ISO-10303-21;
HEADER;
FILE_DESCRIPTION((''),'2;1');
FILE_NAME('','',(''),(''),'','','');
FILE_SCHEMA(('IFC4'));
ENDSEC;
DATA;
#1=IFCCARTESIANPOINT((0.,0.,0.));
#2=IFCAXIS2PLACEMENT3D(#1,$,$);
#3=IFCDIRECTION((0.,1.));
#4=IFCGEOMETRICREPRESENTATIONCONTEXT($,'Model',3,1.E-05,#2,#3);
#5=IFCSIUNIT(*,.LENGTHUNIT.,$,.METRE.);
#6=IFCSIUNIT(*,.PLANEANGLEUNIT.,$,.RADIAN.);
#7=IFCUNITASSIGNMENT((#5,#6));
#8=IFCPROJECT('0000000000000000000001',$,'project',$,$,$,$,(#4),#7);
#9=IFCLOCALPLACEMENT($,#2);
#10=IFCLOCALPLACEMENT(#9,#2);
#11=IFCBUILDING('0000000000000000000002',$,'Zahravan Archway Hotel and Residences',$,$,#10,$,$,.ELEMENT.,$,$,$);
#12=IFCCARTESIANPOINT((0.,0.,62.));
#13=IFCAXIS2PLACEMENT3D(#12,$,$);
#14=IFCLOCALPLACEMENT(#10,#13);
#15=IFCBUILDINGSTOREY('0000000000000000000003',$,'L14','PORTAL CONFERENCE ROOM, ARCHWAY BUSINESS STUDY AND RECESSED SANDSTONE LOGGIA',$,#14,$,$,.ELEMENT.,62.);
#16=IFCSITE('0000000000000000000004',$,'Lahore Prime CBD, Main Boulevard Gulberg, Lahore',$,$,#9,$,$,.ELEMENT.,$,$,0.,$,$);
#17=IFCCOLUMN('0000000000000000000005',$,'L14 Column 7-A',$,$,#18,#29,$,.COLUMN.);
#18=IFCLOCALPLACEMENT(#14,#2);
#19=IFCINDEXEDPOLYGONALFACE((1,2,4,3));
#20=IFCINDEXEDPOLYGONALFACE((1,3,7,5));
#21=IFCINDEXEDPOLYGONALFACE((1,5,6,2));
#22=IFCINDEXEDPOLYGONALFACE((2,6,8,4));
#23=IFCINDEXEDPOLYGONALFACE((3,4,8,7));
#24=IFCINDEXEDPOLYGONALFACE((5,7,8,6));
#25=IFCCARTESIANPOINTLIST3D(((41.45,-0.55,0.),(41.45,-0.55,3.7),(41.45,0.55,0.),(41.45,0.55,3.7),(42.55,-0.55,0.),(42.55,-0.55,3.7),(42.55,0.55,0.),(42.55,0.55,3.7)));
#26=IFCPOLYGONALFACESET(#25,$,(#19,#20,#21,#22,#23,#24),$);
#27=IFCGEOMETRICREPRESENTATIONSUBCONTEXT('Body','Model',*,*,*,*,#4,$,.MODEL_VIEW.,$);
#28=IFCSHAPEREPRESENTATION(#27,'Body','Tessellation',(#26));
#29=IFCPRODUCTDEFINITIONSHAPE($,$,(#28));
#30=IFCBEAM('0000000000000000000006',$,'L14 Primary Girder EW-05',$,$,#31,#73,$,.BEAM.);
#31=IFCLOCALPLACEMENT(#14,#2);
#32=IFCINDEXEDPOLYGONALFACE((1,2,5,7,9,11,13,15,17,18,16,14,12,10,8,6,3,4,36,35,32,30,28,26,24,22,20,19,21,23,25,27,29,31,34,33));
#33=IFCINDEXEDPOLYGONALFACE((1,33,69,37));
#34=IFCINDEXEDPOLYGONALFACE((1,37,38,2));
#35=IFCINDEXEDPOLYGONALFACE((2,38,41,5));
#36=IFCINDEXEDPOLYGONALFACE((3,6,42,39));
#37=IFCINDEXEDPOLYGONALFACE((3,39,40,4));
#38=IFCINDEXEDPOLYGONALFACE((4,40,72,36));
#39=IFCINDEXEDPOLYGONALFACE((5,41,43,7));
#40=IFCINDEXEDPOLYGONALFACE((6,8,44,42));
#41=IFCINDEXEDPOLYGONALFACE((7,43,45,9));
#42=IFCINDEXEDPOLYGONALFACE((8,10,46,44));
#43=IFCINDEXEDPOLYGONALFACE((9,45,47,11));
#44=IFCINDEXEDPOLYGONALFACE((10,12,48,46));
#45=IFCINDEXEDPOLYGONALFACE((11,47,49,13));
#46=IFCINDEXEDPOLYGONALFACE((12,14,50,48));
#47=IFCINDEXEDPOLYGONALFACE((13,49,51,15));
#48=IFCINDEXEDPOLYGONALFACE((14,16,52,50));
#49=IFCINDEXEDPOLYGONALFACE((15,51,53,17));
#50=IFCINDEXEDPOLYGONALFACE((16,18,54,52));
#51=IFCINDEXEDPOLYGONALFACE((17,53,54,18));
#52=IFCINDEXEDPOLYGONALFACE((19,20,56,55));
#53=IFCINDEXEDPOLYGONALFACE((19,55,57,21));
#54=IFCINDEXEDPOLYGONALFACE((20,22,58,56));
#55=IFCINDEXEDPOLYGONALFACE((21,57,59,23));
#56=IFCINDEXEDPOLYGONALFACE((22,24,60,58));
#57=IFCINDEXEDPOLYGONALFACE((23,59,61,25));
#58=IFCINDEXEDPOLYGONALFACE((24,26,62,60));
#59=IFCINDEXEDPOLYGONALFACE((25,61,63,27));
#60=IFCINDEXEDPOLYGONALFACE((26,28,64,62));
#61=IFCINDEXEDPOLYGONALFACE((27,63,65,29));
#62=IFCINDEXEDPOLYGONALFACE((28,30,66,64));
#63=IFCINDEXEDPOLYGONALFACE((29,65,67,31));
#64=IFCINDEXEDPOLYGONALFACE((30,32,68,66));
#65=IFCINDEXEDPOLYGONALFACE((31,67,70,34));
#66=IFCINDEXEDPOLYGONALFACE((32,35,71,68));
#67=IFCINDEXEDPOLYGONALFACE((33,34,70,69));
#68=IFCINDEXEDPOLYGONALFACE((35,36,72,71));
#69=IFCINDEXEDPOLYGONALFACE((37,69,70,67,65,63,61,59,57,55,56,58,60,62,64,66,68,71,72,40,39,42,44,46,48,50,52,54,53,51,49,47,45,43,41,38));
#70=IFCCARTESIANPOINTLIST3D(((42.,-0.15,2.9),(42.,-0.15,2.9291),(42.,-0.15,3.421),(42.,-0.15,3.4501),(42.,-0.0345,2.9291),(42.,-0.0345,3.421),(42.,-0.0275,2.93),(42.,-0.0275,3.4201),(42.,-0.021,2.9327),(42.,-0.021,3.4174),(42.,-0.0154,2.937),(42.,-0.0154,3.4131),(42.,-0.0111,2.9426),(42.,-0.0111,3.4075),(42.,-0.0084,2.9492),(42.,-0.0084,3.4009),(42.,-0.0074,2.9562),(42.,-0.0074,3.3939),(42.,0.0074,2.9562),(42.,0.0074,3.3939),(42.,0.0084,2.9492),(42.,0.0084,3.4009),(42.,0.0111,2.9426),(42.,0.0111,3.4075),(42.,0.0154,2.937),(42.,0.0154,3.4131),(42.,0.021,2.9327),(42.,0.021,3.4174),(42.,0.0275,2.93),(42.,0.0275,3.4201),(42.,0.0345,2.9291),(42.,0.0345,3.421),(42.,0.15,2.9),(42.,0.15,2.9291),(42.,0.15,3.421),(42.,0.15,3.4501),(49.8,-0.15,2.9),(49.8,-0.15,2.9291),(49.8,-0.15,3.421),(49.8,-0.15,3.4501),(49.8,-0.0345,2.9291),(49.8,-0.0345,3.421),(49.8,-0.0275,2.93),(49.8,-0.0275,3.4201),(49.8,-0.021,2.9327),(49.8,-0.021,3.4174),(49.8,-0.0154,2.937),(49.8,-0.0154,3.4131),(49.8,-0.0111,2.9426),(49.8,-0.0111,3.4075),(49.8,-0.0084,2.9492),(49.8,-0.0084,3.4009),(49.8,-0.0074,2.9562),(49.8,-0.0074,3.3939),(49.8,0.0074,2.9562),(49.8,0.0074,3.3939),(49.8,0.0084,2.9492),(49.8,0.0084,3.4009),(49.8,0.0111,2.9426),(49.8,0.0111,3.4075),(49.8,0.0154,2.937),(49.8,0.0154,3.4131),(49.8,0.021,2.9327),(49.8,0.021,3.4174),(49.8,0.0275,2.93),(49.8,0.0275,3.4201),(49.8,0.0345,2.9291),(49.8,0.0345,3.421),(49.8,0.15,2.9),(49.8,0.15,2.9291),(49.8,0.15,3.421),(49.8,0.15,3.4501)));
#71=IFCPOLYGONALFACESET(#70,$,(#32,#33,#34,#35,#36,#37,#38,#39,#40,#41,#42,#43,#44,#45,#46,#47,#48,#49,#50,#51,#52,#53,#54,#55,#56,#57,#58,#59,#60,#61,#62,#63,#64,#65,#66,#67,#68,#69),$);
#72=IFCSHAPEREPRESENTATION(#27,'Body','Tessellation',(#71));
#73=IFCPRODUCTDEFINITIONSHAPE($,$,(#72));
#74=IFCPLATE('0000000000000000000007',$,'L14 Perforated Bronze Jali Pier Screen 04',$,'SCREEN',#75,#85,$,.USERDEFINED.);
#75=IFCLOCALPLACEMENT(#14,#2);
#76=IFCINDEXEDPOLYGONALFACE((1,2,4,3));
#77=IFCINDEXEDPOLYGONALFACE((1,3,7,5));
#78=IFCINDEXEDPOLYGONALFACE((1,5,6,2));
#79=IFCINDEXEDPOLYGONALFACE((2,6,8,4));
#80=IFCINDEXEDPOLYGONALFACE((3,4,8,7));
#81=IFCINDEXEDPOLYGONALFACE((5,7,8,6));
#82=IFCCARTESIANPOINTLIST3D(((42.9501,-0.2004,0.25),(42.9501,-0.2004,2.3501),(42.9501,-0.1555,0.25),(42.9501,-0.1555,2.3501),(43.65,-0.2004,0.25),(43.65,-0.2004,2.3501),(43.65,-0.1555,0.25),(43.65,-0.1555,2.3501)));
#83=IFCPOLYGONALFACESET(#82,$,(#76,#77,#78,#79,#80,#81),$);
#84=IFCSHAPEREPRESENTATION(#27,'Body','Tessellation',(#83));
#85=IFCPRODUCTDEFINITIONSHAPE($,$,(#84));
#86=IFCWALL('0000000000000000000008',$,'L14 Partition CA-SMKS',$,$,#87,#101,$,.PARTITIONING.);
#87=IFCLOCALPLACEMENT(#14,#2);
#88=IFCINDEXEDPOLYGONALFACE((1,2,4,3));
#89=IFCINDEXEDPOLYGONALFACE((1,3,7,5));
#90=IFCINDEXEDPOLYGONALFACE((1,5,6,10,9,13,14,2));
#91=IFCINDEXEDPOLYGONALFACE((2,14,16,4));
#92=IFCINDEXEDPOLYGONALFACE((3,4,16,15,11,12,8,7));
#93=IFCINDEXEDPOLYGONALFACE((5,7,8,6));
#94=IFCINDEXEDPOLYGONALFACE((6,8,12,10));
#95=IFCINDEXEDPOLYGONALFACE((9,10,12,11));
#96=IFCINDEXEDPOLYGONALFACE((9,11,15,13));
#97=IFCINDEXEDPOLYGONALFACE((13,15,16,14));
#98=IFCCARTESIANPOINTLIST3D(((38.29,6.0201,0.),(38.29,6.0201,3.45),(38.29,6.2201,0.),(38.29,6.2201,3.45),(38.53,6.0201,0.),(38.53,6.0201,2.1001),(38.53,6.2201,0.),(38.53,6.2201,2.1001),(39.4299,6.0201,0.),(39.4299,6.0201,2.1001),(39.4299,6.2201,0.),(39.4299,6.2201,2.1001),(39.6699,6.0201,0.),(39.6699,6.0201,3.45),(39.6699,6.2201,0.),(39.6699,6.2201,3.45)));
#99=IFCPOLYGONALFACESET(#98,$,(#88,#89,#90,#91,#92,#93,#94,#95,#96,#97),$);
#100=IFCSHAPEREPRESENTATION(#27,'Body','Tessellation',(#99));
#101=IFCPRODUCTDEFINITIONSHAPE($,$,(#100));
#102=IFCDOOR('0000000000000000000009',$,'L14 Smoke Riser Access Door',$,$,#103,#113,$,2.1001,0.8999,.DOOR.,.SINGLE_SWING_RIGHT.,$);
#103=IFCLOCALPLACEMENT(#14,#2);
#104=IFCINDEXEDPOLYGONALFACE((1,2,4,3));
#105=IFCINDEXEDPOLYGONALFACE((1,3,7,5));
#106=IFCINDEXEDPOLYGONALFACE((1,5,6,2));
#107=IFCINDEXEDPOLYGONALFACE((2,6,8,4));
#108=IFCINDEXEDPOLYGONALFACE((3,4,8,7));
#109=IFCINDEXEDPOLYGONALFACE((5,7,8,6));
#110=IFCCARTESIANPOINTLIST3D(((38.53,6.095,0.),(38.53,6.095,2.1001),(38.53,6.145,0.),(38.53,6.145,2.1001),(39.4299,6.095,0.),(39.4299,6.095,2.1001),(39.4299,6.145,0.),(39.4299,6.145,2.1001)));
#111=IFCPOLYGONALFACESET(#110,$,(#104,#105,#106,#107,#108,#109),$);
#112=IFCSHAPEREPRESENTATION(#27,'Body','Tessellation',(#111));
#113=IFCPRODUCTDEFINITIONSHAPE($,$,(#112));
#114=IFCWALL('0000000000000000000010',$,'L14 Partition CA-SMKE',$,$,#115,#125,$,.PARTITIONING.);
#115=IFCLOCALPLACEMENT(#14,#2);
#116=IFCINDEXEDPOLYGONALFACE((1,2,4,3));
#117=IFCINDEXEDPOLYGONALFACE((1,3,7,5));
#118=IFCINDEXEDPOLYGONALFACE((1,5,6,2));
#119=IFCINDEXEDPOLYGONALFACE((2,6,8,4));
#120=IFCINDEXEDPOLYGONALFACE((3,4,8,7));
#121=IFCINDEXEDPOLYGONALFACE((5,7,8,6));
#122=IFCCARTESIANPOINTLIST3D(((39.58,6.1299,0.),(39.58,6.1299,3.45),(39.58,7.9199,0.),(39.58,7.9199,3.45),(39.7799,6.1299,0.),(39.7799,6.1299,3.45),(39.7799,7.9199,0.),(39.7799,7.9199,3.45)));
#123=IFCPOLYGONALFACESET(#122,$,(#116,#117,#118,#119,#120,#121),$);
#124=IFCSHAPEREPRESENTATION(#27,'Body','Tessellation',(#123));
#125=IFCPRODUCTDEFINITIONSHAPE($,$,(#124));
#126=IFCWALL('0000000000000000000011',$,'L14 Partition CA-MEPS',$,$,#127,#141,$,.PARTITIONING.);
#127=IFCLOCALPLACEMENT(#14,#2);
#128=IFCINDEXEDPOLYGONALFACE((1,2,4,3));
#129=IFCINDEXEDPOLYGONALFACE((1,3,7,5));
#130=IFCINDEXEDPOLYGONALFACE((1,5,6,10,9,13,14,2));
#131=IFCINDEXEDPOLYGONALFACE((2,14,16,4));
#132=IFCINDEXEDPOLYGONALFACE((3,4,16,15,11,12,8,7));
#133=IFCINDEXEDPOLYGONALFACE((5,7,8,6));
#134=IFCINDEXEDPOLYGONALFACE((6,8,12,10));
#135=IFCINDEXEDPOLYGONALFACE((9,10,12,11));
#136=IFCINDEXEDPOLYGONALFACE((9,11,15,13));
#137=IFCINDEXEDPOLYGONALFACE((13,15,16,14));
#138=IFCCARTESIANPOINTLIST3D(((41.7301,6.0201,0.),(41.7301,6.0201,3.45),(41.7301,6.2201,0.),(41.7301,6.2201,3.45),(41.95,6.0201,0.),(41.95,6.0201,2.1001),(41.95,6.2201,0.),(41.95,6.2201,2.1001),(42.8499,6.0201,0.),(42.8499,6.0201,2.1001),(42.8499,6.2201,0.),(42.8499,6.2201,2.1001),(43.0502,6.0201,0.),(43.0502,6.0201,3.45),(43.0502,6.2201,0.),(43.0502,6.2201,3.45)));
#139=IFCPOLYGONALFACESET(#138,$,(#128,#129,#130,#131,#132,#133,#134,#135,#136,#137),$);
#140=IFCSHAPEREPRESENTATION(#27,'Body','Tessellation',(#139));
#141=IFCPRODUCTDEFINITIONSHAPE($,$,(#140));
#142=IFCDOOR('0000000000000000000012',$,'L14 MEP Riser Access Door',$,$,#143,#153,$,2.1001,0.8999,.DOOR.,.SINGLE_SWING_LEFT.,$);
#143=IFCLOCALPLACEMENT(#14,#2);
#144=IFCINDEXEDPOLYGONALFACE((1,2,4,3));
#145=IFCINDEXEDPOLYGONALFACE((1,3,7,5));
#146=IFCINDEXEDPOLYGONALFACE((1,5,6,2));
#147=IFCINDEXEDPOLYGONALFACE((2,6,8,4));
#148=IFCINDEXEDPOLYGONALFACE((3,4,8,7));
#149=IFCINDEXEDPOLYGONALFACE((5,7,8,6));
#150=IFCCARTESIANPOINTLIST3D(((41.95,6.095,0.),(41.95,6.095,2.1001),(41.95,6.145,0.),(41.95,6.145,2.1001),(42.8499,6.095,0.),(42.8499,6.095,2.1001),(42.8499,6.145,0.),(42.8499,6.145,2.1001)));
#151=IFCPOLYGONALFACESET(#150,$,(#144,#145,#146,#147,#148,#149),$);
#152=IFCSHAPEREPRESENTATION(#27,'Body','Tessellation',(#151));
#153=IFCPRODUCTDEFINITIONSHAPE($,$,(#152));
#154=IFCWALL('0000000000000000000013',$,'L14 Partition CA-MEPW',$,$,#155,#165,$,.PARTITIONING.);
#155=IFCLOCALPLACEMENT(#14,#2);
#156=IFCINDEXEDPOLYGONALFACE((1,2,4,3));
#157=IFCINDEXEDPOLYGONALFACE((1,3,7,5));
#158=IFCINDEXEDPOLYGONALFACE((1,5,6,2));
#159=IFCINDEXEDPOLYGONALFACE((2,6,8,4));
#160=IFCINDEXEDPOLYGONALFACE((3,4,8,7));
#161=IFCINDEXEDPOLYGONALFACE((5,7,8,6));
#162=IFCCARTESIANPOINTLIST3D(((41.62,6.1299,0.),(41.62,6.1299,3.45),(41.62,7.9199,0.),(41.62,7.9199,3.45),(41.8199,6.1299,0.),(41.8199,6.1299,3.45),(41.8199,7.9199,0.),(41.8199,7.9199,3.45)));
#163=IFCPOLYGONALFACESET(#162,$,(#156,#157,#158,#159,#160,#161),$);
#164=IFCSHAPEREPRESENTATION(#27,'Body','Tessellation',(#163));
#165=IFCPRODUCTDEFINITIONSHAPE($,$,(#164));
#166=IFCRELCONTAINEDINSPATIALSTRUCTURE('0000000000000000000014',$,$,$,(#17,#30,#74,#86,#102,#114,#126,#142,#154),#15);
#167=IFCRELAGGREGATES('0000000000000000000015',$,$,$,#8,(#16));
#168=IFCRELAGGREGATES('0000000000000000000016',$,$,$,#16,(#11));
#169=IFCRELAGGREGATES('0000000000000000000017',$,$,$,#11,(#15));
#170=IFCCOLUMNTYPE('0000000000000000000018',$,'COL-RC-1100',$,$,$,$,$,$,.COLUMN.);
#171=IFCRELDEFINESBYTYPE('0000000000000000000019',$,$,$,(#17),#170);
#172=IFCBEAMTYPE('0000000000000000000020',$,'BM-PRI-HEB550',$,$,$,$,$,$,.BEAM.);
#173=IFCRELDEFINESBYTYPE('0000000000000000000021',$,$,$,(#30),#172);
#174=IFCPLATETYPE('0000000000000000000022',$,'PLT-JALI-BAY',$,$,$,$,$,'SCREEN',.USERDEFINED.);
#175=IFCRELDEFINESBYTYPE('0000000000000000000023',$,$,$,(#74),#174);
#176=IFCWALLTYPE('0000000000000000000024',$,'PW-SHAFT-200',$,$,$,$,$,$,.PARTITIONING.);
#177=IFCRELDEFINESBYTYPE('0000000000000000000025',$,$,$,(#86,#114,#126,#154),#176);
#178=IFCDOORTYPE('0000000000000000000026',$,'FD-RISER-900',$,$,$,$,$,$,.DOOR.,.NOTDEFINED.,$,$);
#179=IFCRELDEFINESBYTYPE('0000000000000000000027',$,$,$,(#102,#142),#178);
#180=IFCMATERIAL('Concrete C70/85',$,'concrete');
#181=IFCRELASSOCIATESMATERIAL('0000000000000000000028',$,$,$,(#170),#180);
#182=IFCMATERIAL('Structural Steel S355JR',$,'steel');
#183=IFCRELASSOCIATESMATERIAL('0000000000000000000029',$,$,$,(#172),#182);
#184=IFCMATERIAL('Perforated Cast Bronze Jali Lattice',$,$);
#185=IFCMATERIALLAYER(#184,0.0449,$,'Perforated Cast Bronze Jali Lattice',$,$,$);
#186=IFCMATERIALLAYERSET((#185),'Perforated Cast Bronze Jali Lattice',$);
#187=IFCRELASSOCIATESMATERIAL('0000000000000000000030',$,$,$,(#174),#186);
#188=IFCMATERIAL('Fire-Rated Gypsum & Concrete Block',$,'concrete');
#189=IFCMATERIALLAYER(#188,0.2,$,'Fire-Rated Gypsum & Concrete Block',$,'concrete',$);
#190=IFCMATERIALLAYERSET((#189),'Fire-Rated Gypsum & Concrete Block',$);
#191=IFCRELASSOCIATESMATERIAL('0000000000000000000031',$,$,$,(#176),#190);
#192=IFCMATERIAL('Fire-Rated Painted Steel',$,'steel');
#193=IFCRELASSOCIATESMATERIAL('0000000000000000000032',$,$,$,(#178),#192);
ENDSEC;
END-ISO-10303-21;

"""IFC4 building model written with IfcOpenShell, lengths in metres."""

from ifc_helpers import new_model, si_unit, direction, frame, frame_2d, origin, origin_2d, place, context, subcontext, project, spatial, rectangle, i_section, extrude, source, transform, mapped, material, layer, layer_set, material_profile, profile_set, type_object, type_shapes, element, fill, save


model = new_model("IFC4")

# Units and contexts
model_context = context("Model", 3, precision=1e-05, world=origin(), true_north=direction((0.0, 1.0)))
body_context = subcontext(model_context, "Body", "Model", "MODEL_VIEW")
ifc_project = project(units=[si_unit("LENGTHUNIT", "METRE"), si_unit("PLANEANGLEUNIT", "RADIAN")], contexts=[model_context])

# Site, building, storey
site_placement = place(None, origin())
site = spatial("IfcSite", under=ifc_project, at=site_placement, Name="Lahore Prime CBD, Main Boulevard Gulberg, Lahore", CompositionType="ELEMENT", RefElevation=0.0)
building_placement = place(site_placement, origin())
building = spatial("IfcBuilding", under=site, at=building_placement, Name="Zahravan Archway Hotel and Residences", CompositionType="ELEMENT")
storey_placement = place(building_placement, frame((0.0, 0.0, 62.0)))
storey = spatial("IfcBuildingStorey", under=building, at=storey_placement, Name="L14", Description="PORTAL CONFERENCE ROOM, ARCHWAY BUSINESS STUDY AND RECESSED SANDSTONE LOGGIA", CompositionType="ELEMENT", Elevation=62.0)

# Column
ifc_material_1 = material(Name="Concrete C70/85", Category="concrete")
ifc_material_profile_1 = material_profile(ifc_material_1, rectangle(XDim=1.1001, YDim=1.1001, at=origin_2d()), Name="RC 1100x1100", Category="concrete")
ifc_profile_set_1 = profile_set([ifc_material_profile_1], Name="Concrete C70/85")
column_type = type_object("IfcColumnType", Name="COL-RC-1100", PredefinedType="COLUMN", material=ifc_profile_set_1)
shared_shape_1 = source(origin(), body_context, "Body", "SweptSolid", [
    extrude(rectangle(XDim=1.1001, YDim=1.1001, at=origin_2d()), origin(), (0.0, 0.0, 1.0), 3.7),
])
column_placement = place(storey_placement, frame((42.0, 0.0, 0.0), z_axis=(0.0, 0.0, 1.0), x_axis=(1.0, 0.0, 0.0)))
element("IfcColumn", 1, at=column_placement, inside=storey, type_object=column_type, Name="L14 Column 7-A", PredefinedType="COLUMN", context=body_context, shape_type="MappedRepresentation", body=[
    mapped(shared_shape_1, transform((0.0, 0.0, 0.0), scale=1.0)),
])

# Beam
ifc_material_2 = material(Name="Structural Steel S355JR", Category="steel")
ifc_material_profile_2 = material_profile(ifc_material_2, i_section(OverallWidth=0.3, OverallDepth=0.55, WebThickness=0.0149, FlangeThickness=0.0291, FilletRadius=0.0271, at=origin_2d()), Name="HEB 550", Category="steel")
ifc_profile_set_2 = profile_set([ifc_material_profile_2], Name="Structural Steel S355JR")
beam_type = type_object("IfcBeamType", Name="BM-PRI-HEB550", PredefinedType="BEAM", material=ifc_profile_set_2)
shared_shape_2 = source(origin(), body_context, "Body", "SweptSolid", [
    extrude(i_section(OverallWidth=0.3, OverallDepth=0.55, WebThickness=0.0149, FlangeThickness=0.0291, FilletRadius=0.0271, at=origin_2d()), origin(), (0.0, 0.0, 1.0), 7.8),
])
beam_placement = place(storey_placement, frame((42.0, 0.0, 3.175), z_axis=(1.0, 0.0, 0.0), x_axis=(0.0, 1.0, 0.0)))
element("IfcBeam", 2, at=beam_placement, inside=storey, type_object=beam_type, Name="L14 Primary Girder EW-05", PredefinedType="BEAM", context=body_context, shape_type="MappedRepresentation", body=[
    mapped(shared_shape_2, transform((0.0, 0.0, 0.0), scale=1.0)),
])

# Plate
ifc_material_3 = material(Name="Perforated Cast Bronze Jali Lattice")
ifc_layer_1 = layer(ifc_material_3, 0.0449, Name="Perforated Cast Bronze Jali Lattice")
ifc_layer_set_1 = layer_set([ifc_layer_1], Name="Perforated Cast Bronze Jali Lattice")
plate_type = type_object("IfcPlateType", Name="PLT-JALI-BAY", ElementType="SCREEN", PredefinedType="USERDEFINED", material=ifc_layer_set_1)
shared_shape_3 = source(origin(), body_context, "Body", "SweptSolid", [
    extrude(rectangle(XDim=0.7, YDim=0.0449, at=origin_2d()), origin(), (0.0, 0.0, 1.0), 2.1001),
])
type_shapes(plate_type, [shared_shape_3])
plate_placement = place(storey_placement, frame((43.3, -0.178, 0.25), z_axis=(0.0, 0.0, 1.0), x_axis=(1.0, 0.0, 0.0)))
element("IfcPlate", 3, at=plate_placement, inside=storey, type_object=plate_type, Name="L14 Perforated Bronze Jali Pier Screen 04", ObjectType="SCREEN", PredefinedType="USERDEFINED", context=body_context, shape_type="MappedRepresentation", body=[
    mapped(shared_shape_3, transform((0.0, 0.0, 0.0), scale=1.0)),
])

# Wall, opening, door
ifc_material_4 = material(Name="Fire-Rated Gypsum & Concrete Block", Category="concrete")
ifc_layer_2 = layer(ifc_material_4, 0.2, Name="Fire-Rated Gypsum & Concrete Block", Category="concrete")
ifc_layer_set_2 = layer_set([ifc_layer_2], Name="Fire-Rated Gypsum & Concrete Block")
wall_type_1 = type_object("IfcWallType", Name="PW-SHAFT-200", PredefinedType="PARTITIONING", material=ifc_layer_set_2)
wall_1_placement = place(storey_placement, frame((38.29, 6.1201, 0.0), z_axis=(0.0, 0.0, 1.0), x_axis=(1.0, 0.0, 0.0)))
wall_1 = element("IfcWall", 4, at=wall_1_placement, inside=storey, type_object=wall_type_1, Name="L14 Partition CA-SMKS", PredefinedType="PARTITIONING", context=body_context, shape_type="SweptSolid", body=[
    extrude(rectangle(XDim=1.3799, YDim=0.2, at=frame_2d((0.6899, 0.0))), origin(), (0.0, 0.0, 1.0), 3.45),
])
opening_1_placement = place(wall_1_placement, frame((0.24, 0.0, 0.0)))
opening_1 = element("IfcOpeningElement", 5, at=opening_1_placement, cuts=wall_1, PredefinedType="OPENING", context=body_context, shape_type="SweptSolid", body=[
    extrude(rectangle(XDim=0.8999, YDim=2.1001, at=frame_2d((0.45, 1.05))), frame((0.0, 0.1099, 0.0), z_axis=(0.0, -1.0, 0.0), x_axis=(1.0, 0.0, 0.0)), (0.0, 0.0, 1.0), 0.22),
])
ifc_material_5 = material(Name="Fire-Rated Painted Steel", Category="steel")
door_type = type_object("IfcDoorType", Name="FD-RISER-900", OperationType="NOTDEFINED", PredefinedType="DOOR", material=ifc_material_5)
shared_shape_4 = source(origin(), body_context, "Body", "SweptSolid", [
    extrude(rectangle(XDim=0.8999, YDim=2.1001, at=frame_2d((0.45, 1.05))), frame((0.0, 0.0249, 0.0), z_axis=(0.0, -1.0, 0.0), x_axis=(1.0, 0.0, 0.0)), (0.0, 0.0, 1.0), 0.05),
])
type_shapes(door_type, [shared_shape_4])
door_1_placement = place(opening_1_placement, origin())
door_1 = element("IfcDoor", 6, at=door_1_placement, inside=storey, type_object=door_type, Name="L14 Smoke Riser Access Door", OperationType="SINGLE_SWING_RIGHT", OverallHeight=2.1001, OverallWidth=0.8999, PredefinedType="DOOR", context=body_context, shape_type="MappedRepresentation", body=[
    mapped(shared_shape_4, transform((0.0, 0.0, 0.0), scale=1.0)),
])
fill(opening_1, door_1)

# Wall
wall_2_placement = place(storey_placement, frame((39.6799, 6.1299, 0.0), z_axis=(0.0, 0.0, 1.0), x_axis=(0.0, 1.0, 0.0)))
element("IfcWall", 7, at=wall_2_placement, inside=storey, type_object=wall_type_1, Name="L14 Partition CA-SMKE", PredefinedType="PARTITIONING", context=body_context, shape_type="SweptSolid", body=[
    extrude(rectangle(XDim=1.79, YDim=0.2, at=frame_2d((0.895, 0.0))), origin(), (0.0, 0.0, 1.0), 3.45),
])

# Wall, opening, door
wall_3_placement = place(storey_placement, frame((41.73, 6.1201, 0.0), z_axis=(0.0, 0.0, 1.0), x_axis=(1.0, 0.0, 0.0)))
wall_3 = element("IfcWall", 8, at=wall_3_placement, inside=storey, type_object=wall_type_1, Name="L14 Partition CA-MEPS", PredefinedType="PARTITIONING", context=body_context, shape_type="SweptSolid", body=[
    extrude(rectangle(XDim=1.3201, YDim=0.2, at=frame_2d((0.6602, 0.0))), origin(), (0.0, 0.0, 1.0), 3.45),
])
opening_2_placement = place(wall_3_placement, frame((0.22, 0.0, 0.0)))
opening_2 = element("IfcOpeningElement", 9, at=opening_2_placement, cuts=wall_3, PredefinedType="OPENING", context=body_context, shape_type="SweptSolid", body=[
    extrude(rectangle(XDim=0.8999, YDim=2.1001, at=frame_2d((0.45, 1.05))), frame((0.0, 0.1099, 0.0), z_axis=(0.0, -1.0, 0.0), x_axis=(1.0, 0.0, 0.0)), (0.0, 0.0, 1.0), 0.22),
])
door_2_placement = place(opening_2_placement, origin())
door_2 = element("IfcDoor", 10, at=door_2_placement, inside=storey, type_object=door_type, Name="L14 MEP Riser Access Door", OperationType="SINGLE_SWING_LEFT", OverallHeight=2.1001, OverallWidth=0.8999, PredefinedType="DOOR", context=body_context, shape_type="MappedRepresentation", body=[
    mapped(shared_shape_4, transform((0.0, 0.0, 0.0), scale=1.0)),
])
fill(opening_2, door_2)

# Wall
wall_4_placement = place(storey_placement, frame((41.72, 6.1299, 0.0), z_axis=(0.0, 0.0, 1.0), x_axis=(0.0, 1.0, 0.0)))
element("IfcWall", 11, at=wall_4_placement, inside=storey, type_object=wall_type_1, Name="L14 Partition CA-MEPW", PredefinedType="PARTITIONING", context=body_context, shape_type="SweptSolid", body=[
    extrude(rectangle(XDim=1.79, YDim=0.2, at=frame_2d((0.895, 0.0))), origin(), (0.0, 0.0, 1.0), 3.45),
])

save(model, "model.ifc")
